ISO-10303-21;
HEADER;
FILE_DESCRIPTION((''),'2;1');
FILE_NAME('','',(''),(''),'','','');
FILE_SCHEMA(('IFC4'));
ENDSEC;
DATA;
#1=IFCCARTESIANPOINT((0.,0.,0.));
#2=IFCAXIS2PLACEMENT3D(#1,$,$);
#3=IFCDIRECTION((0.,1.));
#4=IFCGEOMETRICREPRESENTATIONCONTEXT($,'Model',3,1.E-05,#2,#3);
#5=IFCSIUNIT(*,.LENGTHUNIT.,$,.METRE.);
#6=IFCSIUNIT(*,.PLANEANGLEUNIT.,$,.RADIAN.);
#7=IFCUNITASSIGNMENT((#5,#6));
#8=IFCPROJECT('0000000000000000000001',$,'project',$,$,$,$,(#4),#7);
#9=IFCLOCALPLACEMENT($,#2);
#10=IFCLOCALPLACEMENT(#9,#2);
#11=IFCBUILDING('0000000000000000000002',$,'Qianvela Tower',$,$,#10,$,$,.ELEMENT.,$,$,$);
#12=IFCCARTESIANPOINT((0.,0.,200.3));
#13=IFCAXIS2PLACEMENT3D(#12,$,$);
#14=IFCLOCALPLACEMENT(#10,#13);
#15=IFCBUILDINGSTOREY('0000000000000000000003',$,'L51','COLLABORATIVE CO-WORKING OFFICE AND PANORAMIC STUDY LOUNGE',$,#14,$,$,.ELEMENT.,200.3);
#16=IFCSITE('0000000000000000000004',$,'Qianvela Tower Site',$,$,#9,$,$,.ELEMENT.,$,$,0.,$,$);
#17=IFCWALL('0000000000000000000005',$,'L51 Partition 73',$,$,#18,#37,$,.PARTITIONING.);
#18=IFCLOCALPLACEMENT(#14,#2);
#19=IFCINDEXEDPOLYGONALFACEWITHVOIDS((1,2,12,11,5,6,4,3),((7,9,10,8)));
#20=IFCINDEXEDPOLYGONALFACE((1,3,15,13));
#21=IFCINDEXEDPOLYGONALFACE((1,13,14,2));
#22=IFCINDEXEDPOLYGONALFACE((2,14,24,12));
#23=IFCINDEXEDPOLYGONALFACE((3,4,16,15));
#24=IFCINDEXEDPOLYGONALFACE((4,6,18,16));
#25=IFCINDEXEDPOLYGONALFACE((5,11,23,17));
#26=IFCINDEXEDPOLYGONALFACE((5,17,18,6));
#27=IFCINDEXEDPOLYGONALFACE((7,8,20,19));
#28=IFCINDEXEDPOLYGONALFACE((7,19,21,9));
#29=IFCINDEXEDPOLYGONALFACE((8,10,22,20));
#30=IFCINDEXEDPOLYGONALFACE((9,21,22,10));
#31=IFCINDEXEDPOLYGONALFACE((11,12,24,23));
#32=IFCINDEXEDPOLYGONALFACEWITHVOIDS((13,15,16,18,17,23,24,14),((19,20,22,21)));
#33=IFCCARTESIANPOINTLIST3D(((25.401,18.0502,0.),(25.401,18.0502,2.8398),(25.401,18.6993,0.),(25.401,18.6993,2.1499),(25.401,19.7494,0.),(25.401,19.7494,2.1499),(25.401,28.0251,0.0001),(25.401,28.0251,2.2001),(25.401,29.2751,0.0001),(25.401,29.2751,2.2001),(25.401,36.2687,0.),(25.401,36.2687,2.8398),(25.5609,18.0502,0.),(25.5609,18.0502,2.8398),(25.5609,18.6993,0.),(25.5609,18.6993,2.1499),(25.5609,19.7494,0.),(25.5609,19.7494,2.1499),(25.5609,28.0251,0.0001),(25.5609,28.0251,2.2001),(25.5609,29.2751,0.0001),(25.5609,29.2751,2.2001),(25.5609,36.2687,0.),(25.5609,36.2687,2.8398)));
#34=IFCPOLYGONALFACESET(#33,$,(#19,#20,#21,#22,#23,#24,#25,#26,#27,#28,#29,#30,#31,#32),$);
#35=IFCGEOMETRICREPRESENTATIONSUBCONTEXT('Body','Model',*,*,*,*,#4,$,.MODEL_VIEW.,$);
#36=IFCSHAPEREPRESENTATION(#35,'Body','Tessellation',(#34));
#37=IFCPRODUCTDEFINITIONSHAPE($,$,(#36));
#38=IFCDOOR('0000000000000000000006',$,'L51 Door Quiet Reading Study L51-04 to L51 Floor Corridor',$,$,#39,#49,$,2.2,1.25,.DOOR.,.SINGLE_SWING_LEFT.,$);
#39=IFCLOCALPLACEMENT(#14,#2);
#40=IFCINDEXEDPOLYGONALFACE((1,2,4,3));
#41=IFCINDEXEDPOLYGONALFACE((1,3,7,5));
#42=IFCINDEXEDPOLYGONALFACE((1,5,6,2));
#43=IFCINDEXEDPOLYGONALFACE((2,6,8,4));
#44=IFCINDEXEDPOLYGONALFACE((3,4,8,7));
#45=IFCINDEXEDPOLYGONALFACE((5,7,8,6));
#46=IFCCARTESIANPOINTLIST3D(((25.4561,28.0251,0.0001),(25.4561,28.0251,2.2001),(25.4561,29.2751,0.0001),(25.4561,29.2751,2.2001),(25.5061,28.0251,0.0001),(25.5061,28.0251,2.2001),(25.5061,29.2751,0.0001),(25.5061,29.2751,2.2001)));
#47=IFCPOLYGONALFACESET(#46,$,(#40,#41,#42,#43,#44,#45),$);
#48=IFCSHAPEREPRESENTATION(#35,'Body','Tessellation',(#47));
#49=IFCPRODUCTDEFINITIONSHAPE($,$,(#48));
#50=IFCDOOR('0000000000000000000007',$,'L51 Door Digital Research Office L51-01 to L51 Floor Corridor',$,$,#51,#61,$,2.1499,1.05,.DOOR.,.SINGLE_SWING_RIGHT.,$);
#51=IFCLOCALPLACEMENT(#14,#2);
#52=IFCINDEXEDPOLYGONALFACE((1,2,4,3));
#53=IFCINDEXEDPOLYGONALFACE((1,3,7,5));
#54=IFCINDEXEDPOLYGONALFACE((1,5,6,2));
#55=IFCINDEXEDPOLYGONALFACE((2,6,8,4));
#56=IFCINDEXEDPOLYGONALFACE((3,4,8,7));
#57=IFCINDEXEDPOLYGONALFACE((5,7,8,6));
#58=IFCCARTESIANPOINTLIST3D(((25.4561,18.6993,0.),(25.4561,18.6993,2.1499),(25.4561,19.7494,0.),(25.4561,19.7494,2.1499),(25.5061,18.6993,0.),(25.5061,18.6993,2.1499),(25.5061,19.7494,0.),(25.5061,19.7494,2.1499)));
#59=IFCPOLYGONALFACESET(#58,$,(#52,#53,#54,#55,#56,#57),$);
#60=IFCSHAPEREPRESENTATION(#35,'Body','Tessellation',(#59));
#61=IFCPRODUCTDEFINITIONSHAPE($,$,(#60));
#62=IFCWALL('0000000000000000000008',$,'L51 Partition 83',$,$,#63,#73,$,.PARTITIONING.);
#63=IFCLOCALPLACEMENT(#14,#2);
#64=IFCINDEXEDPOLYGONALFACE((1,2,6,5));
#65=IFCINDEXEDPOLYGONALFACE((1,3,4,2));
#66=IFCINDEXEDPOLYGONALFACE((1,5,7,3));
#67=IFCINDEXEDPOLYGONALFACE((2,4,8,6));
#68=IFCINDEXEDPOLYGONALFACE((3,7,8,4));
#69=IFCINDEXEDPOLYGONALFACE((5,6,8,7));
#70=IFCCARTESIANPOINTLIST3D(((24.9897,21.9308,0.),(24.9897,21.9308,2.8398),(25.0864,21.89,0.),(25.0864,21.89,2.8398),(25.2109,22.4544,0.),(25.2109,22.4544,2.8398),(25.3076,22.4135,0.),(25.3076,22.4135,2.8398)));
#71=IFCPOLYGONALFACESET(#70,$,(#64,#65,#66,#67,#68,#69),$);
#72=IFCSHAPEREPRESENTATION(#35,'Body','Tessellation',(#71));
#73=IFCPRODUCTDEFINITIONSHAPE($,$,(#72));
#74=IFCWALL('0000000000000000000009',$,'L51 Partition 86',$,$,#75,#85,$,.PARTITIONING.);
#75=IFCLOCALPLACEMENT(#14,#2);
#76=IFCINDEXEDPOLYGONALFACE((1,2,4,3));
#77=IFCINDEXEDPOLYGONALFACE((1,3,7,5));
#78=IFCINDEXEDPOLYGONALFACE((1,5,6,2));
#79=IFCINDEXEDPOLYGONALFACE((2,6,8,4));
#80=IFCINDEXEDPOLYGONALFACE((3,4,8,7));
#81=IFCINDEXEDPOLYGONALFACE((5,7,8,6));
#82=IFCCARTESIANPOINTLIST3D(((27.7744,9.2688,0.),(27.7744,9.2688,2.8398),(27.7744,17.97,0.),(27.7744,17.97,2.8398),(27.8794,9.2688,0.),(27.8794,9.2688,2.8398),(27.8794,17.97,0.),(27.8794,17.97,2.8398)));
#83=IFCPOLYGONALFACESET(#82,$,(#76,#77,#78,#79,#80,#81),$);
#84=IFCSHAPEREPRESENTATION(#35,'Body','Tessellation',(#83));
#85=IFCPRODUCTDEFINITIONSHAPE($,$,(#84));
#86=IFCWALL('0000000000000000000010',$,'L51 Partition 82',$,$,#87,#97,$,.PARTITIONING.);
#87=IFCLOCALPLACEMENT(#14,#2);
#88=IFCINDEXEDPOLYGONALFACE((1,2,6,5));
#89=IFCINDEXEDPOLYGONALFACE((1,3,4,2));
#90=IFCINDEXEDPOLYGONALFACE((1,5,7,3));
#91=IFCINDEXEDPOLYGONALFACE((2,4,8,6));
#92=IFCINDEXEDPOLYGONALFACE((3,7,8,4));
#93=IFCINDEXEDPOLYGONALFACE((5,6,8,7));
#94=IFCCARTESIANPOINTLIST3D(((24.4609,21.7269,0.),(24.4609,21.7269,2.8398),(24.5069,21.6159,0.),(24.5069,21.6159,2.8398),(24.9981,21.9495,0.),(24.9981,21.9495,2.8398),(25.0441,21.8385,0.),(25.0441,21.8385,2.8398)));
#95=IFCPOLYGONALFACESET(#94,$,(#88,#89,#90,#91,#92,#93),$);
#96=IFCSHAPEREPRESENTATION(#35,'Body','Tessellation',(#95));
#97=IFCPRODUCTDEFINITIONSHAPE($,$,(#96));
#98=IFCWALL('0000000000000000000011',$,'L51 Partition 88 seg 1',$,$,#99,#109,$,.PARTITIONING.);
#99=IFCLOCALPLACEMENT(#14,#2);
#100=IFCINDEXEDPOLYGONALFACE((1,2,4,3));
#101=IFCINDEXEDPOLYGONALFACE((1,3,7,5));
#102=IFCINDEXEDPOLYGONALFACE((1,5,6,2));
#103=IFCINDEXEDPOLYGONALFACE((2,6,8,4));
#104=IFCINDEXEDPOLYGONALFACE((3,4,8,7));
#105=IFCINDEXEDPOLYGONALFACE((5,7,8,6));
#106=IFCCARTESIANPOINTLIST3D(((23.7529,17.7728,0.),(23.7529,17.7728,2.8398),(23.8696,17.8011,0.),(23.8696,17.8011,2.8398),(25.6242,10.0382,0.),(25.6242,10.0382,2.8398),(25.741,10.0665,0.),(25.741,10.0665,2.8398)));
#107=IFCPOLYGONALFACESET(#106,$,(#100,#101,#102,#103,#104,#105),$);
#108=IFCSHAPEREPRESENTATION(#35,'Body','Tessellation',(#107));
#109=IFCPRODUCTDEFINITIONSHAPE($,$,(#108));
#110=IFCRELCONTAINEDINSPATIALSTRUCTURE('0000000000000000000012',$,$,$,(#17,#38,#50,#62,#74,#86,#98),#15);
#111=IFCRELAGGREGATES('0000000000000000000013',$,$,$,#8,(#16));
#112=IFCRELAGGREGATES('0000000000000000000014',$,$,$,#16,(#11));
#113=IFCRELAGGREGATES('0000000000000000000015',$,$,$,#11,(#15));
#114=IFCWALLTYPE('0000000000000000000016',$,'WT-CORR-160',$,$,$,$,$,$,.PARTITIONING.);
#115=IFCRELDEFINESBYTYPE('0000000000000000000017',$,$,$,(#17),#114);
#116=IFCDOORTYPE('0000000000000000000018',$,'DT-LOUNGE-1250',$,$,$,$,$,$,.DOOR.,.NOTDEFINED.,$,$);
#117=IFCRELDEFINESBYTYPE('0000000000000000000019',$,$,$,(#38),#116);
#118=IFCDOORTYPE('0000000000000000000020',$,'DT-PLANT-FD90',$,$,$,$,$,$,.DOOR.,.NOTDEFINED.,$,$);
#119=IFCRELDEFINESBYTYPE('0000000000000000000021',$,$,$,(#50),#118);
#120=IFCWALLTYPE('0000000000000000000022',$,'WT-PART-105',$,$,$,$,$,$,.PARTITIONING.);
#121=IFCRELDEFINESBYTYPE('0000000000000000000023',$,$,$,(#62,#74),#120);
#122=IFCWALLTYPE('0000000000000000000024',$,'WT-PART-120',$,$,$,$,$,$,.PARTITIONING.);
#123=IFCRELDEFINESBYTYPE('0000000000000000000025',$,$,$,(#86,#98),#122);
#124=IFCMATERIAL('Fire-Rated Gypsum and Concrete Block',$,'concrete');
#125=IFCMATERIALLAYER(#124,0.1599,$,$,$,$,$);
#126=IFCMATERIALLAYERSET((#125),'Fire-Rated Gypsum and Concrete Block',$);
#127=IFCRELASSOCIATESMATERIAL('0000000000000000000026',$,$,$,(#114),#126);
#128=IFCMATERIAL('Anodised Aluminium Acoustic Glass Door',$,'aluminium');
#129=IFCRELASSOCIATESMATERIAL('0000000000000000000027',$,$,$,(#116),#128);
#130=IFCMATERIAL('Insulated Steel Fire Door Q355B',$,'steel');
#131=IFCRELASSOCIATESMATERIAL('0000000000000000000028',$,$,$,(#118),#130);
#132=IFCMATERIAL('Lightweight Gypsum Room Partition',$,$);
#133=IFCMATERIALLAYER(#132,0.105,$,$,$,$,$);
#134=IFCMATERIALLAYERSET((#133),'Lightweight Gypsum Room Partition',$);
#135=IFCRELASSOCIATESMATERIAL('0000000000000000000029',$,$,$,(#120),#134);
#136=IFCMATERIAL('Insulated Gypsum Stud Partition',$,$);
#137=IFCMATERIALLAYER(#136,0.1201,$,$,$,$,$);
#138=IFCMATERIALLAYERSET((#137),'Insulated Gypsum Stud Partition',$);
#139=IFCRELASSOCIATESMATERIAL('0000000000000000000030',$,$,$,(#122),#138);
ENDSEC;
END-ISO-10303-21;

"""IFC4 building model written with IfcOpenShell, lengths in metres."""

from ifc_helpers import new_model, si_unit, direction, frame, frame_2d, origin, place, context, subcontext, project, spatial, rectangle, extrude, material, layer, layer_set, type_object, element, fill, save


model = new_model("IFC4")

# Units and contexts
model_context = context("Model", 3, precision=1e-05, world=origin(), true_north=direction((0.0, 1.0)))
body_context = subcontext(model_context, "Body", "Model", "MODEL_VIEW")
ifc_project = project(units=[si_unit("LENGTHUNIT", "METRE"), si_unit("PLANEANGLEUNIT", "RADIAN")], contexts=[model_context])

# Site, building, storey
site_placement = place(None, origin())
site = spatial("IfcSite", under=ifc_project, at=site_placement, Name="Qianvela Tower Site", CompositionType="ELEMENT", RefElevation=0.0)
building_placement = place(site_placement, origin())
building = spatial("IfcBuilding", under=site, at=building_placement, Name="Qianvela Tower", CompositionType="ELEMENT")
storey_placement = place(building_placement, frame((0.0, 0.0, 200.3)))
storey = spatial("IfcBuildingStorey", under=building, at=storey_placement, Name="L51", Description="COLLABORATIVE CO-WORKING OFFICE AND PANORAMIC STUDY LOUNGE", CompositionType="ELEMENT", Elevation=200.3)

# Shared definitions
ifc_material_1 = material(Name="Fire-Rated Gypsum and Concrete Block", Category="concrete")
ifc_layer_1 = layer(ifc_material_1, 0.1599)
ifc_layer_set_1 = layer_set([ifc_layer_1], Name="Fire-Rated Gypsum and Concrete Block")
wall_type_1 = type_object("IfcWallType", Name="WT-CORR-160", PredefinedType="PARTITIONING", material=ifc_layer_set_1)

# Wall, openings, doors
wall_1_placement = place(storey_placement, frame((25.481, 18.05, 0.0), z_axis=(0.0, 0.0, 1.0), x_axis=(0.0, 1.0, 0.0)))
wall_1 = element("IfcWall", 1, at=wall_1_placement, inside=storey, type_object=wall_type_1, Name="L51 Partition 73", PredefinedType="PARTITIONING", context=body_context, shape_type="SweptSolid", body=[
    extrude(rectangle(XDim=18.2185, YDim=0.1599, at=frame_2d((9.1094, 0.0))), origin(), (0.0, 0.0, 1.0), 2.8398),
])
opening_1_placement = place(wall_1_placement, frame((0.6494, 0.0, 0.0)))
opening_1 = element("IfcOpeningElement", 2, at=opening_1_placement, cuts=wall_1, PredefinedType="OPENING", context=body_context, shape_type="SweptSolid", body=[
    extrude(rectangle(XDim=1.05, YDim=2.1499, at=frame_2d((0.5249, 1.075))), frame((0.0, 0.0898, 0.0), z_axis=(0.0, -1.0, 0.0), x_axis=(1.0, 0.0, 0.0)), (0.0, 0.0, 1.0), 0.1799),
])
opening_2_placement = place(wall_1_placement, frame((9.9751, 0.0, 0.0)))
opening_2 = element("IfcOpeningElement", 3, at=opening_2_placement, cuts=wall_1, PredefinedType="OPENING", context=body_context, shape_type="SweptSolid", body=[
    extrude(rectangle(XDim=1.25, YDim=2.2, at=frame_2d((0.625, 1.1001))), frame((0.0, 0.0898, 0.0), z_axis=(0.0, -1.0, 0.0), x_axis=(1.0, 0.0, 0.0)), (0.0, 0.0, 1.0), 0.1799),
])
ifc_material_2 = material(Name="Anodised Aluminium Acoustic Glass Door", Category="aluminium")
door_type_1 = type_object("IfcDoorType", Name="DT-LOUNGE-1250", OperationType="NOTDEFINED", PredefinedType="DOOR", material=ifc_material_2)
door_1_placement = place(opening_2_placement, origin())
door_1 = element("IfcDoor", 4, at=door_1_placement, inside=storey, type_object=door_type_1, Name="L51 Door Quiet Reading Study L51-04 to L51 Floor Corridor", OperationType="SINGLE_SWING_LEFT", OverallHeight=2.2, OverallWidth=1.25, PredefinedType="DOOR", context=body_context, shape_type="SweptSolid", body=[
    extrude(rectangle(XDim=1.25, YDim=2.2, at=frame_2d((0.625, 1.1001))), frame((0.0, 0.0249, 0.0), z_axis=(0.0, -1.0, 0.0), x_axis=(1.0, 0.0, 0.0)), (0.0, 0.0, 1.0), 0.05),
])
fill(opening_2, door_1)
ifc_material_3 = material(Name="Insulated Steel Fire Door Q355B", Category="steel")
door_type_2 = type_object("IfcDoorType", Name="DT-PLANT-FD90", OperationType="NOTDEFINED", PredefinedType="DOOR", material=ifc_material_3)
door_2_placement = place(opening_1_placement, origin())
door_2 = element("IfcDoor", 5, at=door_2_placement, inside=storey, type_object=door_type_2, Name="L51 Door Digital Research Office L51-01 to L51 Floor Corridor", OperationType="SINGLE_SWING_RIGHT", OverallHeight=2.1499, OverallWidth=1.05, PredefinedType="DOOR", context=body_context, shape_type="SweptSolid", body=[
    extrude(rectangle(XDim=1.05, YDim=2.1499, at=frame_2d((0.5249, 1.075))), frame((0.0, 0.0249, 0.0), z_axis=(0.0, -1.0, 0.0), x_axis=(1.0, 0.0, 0.0)), (0.0, 0.0, 1.0), 0.05),
])
fill(opening_1, door_2)

# Walls
ifc_material_4 = material(Name="Lightweight Gypsum Room Partition")
ifc_layer_2 = layer(ifc_material_4, 0.105)
ifc_layer_set_2 = layer_set([ifc_layer_2], Name="Lightweight Gypsum Room Partition")
wall_type_2 = type_object("IfcWallType", Name="WT-PART-105", PredefinedType="PARTITIONING", material=ifc_layer_set_2)
wall_2_placement = place(storey_placement, frame((25.0381, 21.9104, 0.0), z_axis=(0.0, 0.0, 1.0), x_axis=(0.389094, 0.921198, 0.0)))
element("IfcWall", 6, at=wall_2_placement, inside=storey, type_object=wall_type_2, Name="L51 Partition 83", PredefinedType="PARTITIONING", context=body_context, shape_type="SweptSolid", body=[
    extrude(rectangle(XDim=0.5684, YDim=0.105, at=frame_2d((0.2842, 0.0))), origin(), (0.0, 0.0, 1.0), 2.8398),
])
wall_3_placement = place(storey_placement, frame((27.8269, 17.97, 0.0), z_axis=(0.0, 0.0, 1.0), x_axis=(0.0, -1.0, 0.0)))
element("IfcWall", 7, at=wall_3_placement, inside=storey, type_object=wall_type_2, Name="L51 Partition 86", PredefinedType="PARTITIONING", context=body_context, shape_type="SweptSolid", body=[
    extrude(rectangle(XDim=8.7012, YDim=0.105, at=frame_2d((4.3506, 0.0))), origin(), (0.0, 0.0, 1.0), 2.8398),
])
ifc_material_5 = material(Name="Insulated Gypsum Stud Partition")
ifc_layer_3 = layer(ifc_material_5, 0.1201)
ifc_layer_set_3 = layer_set([ifc_layer_3], Name="Insulated Gypsum Stud Partition")
wall_type_3 = type_object("IfcWallType", Name="WT-PART-120", PredefinedType="PARTITIONING", material=ifc_layer_set_3)
wall_4_placement = place(storey_placement, frame((24.4839, 21.6714, 0.0), z_axis=(0.0, 0.0, 1.0), x_axis=(0.923833, 0.382797, 0.0)))
element("IfcWall", 8, at=wall_4_placement, inside=storey, type_object=wall_type_3, Name="L51 Partition 82", PredefinedType="PARTITIONING", context=body_context, shape_type="SweptSolid", body=[
    extrude(rectangle(XDim=0.5815, YDim=0.1201, at=frame_2d((0.2908, 0.0))), origin(), (0.0, 0.0, 1.0), 2.8398),
])
wall_5_placement = place(storey_placement, frame((25.6826, 10.0522, 0.0), z_axis=(0.0, 0.0, 1.0), x_axis=(-0.235158, 0.971957, 0.0)))
element("IfcWall", 9, at=wall_5_placement, inside=storey, type_object=wall_type_3, Name="L51 Partition 88 seg 1", PredefinedType="PARTITIONING", context=body_context, shape_type="SweptSolid", body=[
    extrude(rectangle(XDim=7.9578, YDim=0.1201, at=frame_2d((3.979, 0.0))), origin(), (0.0, 0.0, 1.0), 2.8398),
])

save(model, "model.ifc")
